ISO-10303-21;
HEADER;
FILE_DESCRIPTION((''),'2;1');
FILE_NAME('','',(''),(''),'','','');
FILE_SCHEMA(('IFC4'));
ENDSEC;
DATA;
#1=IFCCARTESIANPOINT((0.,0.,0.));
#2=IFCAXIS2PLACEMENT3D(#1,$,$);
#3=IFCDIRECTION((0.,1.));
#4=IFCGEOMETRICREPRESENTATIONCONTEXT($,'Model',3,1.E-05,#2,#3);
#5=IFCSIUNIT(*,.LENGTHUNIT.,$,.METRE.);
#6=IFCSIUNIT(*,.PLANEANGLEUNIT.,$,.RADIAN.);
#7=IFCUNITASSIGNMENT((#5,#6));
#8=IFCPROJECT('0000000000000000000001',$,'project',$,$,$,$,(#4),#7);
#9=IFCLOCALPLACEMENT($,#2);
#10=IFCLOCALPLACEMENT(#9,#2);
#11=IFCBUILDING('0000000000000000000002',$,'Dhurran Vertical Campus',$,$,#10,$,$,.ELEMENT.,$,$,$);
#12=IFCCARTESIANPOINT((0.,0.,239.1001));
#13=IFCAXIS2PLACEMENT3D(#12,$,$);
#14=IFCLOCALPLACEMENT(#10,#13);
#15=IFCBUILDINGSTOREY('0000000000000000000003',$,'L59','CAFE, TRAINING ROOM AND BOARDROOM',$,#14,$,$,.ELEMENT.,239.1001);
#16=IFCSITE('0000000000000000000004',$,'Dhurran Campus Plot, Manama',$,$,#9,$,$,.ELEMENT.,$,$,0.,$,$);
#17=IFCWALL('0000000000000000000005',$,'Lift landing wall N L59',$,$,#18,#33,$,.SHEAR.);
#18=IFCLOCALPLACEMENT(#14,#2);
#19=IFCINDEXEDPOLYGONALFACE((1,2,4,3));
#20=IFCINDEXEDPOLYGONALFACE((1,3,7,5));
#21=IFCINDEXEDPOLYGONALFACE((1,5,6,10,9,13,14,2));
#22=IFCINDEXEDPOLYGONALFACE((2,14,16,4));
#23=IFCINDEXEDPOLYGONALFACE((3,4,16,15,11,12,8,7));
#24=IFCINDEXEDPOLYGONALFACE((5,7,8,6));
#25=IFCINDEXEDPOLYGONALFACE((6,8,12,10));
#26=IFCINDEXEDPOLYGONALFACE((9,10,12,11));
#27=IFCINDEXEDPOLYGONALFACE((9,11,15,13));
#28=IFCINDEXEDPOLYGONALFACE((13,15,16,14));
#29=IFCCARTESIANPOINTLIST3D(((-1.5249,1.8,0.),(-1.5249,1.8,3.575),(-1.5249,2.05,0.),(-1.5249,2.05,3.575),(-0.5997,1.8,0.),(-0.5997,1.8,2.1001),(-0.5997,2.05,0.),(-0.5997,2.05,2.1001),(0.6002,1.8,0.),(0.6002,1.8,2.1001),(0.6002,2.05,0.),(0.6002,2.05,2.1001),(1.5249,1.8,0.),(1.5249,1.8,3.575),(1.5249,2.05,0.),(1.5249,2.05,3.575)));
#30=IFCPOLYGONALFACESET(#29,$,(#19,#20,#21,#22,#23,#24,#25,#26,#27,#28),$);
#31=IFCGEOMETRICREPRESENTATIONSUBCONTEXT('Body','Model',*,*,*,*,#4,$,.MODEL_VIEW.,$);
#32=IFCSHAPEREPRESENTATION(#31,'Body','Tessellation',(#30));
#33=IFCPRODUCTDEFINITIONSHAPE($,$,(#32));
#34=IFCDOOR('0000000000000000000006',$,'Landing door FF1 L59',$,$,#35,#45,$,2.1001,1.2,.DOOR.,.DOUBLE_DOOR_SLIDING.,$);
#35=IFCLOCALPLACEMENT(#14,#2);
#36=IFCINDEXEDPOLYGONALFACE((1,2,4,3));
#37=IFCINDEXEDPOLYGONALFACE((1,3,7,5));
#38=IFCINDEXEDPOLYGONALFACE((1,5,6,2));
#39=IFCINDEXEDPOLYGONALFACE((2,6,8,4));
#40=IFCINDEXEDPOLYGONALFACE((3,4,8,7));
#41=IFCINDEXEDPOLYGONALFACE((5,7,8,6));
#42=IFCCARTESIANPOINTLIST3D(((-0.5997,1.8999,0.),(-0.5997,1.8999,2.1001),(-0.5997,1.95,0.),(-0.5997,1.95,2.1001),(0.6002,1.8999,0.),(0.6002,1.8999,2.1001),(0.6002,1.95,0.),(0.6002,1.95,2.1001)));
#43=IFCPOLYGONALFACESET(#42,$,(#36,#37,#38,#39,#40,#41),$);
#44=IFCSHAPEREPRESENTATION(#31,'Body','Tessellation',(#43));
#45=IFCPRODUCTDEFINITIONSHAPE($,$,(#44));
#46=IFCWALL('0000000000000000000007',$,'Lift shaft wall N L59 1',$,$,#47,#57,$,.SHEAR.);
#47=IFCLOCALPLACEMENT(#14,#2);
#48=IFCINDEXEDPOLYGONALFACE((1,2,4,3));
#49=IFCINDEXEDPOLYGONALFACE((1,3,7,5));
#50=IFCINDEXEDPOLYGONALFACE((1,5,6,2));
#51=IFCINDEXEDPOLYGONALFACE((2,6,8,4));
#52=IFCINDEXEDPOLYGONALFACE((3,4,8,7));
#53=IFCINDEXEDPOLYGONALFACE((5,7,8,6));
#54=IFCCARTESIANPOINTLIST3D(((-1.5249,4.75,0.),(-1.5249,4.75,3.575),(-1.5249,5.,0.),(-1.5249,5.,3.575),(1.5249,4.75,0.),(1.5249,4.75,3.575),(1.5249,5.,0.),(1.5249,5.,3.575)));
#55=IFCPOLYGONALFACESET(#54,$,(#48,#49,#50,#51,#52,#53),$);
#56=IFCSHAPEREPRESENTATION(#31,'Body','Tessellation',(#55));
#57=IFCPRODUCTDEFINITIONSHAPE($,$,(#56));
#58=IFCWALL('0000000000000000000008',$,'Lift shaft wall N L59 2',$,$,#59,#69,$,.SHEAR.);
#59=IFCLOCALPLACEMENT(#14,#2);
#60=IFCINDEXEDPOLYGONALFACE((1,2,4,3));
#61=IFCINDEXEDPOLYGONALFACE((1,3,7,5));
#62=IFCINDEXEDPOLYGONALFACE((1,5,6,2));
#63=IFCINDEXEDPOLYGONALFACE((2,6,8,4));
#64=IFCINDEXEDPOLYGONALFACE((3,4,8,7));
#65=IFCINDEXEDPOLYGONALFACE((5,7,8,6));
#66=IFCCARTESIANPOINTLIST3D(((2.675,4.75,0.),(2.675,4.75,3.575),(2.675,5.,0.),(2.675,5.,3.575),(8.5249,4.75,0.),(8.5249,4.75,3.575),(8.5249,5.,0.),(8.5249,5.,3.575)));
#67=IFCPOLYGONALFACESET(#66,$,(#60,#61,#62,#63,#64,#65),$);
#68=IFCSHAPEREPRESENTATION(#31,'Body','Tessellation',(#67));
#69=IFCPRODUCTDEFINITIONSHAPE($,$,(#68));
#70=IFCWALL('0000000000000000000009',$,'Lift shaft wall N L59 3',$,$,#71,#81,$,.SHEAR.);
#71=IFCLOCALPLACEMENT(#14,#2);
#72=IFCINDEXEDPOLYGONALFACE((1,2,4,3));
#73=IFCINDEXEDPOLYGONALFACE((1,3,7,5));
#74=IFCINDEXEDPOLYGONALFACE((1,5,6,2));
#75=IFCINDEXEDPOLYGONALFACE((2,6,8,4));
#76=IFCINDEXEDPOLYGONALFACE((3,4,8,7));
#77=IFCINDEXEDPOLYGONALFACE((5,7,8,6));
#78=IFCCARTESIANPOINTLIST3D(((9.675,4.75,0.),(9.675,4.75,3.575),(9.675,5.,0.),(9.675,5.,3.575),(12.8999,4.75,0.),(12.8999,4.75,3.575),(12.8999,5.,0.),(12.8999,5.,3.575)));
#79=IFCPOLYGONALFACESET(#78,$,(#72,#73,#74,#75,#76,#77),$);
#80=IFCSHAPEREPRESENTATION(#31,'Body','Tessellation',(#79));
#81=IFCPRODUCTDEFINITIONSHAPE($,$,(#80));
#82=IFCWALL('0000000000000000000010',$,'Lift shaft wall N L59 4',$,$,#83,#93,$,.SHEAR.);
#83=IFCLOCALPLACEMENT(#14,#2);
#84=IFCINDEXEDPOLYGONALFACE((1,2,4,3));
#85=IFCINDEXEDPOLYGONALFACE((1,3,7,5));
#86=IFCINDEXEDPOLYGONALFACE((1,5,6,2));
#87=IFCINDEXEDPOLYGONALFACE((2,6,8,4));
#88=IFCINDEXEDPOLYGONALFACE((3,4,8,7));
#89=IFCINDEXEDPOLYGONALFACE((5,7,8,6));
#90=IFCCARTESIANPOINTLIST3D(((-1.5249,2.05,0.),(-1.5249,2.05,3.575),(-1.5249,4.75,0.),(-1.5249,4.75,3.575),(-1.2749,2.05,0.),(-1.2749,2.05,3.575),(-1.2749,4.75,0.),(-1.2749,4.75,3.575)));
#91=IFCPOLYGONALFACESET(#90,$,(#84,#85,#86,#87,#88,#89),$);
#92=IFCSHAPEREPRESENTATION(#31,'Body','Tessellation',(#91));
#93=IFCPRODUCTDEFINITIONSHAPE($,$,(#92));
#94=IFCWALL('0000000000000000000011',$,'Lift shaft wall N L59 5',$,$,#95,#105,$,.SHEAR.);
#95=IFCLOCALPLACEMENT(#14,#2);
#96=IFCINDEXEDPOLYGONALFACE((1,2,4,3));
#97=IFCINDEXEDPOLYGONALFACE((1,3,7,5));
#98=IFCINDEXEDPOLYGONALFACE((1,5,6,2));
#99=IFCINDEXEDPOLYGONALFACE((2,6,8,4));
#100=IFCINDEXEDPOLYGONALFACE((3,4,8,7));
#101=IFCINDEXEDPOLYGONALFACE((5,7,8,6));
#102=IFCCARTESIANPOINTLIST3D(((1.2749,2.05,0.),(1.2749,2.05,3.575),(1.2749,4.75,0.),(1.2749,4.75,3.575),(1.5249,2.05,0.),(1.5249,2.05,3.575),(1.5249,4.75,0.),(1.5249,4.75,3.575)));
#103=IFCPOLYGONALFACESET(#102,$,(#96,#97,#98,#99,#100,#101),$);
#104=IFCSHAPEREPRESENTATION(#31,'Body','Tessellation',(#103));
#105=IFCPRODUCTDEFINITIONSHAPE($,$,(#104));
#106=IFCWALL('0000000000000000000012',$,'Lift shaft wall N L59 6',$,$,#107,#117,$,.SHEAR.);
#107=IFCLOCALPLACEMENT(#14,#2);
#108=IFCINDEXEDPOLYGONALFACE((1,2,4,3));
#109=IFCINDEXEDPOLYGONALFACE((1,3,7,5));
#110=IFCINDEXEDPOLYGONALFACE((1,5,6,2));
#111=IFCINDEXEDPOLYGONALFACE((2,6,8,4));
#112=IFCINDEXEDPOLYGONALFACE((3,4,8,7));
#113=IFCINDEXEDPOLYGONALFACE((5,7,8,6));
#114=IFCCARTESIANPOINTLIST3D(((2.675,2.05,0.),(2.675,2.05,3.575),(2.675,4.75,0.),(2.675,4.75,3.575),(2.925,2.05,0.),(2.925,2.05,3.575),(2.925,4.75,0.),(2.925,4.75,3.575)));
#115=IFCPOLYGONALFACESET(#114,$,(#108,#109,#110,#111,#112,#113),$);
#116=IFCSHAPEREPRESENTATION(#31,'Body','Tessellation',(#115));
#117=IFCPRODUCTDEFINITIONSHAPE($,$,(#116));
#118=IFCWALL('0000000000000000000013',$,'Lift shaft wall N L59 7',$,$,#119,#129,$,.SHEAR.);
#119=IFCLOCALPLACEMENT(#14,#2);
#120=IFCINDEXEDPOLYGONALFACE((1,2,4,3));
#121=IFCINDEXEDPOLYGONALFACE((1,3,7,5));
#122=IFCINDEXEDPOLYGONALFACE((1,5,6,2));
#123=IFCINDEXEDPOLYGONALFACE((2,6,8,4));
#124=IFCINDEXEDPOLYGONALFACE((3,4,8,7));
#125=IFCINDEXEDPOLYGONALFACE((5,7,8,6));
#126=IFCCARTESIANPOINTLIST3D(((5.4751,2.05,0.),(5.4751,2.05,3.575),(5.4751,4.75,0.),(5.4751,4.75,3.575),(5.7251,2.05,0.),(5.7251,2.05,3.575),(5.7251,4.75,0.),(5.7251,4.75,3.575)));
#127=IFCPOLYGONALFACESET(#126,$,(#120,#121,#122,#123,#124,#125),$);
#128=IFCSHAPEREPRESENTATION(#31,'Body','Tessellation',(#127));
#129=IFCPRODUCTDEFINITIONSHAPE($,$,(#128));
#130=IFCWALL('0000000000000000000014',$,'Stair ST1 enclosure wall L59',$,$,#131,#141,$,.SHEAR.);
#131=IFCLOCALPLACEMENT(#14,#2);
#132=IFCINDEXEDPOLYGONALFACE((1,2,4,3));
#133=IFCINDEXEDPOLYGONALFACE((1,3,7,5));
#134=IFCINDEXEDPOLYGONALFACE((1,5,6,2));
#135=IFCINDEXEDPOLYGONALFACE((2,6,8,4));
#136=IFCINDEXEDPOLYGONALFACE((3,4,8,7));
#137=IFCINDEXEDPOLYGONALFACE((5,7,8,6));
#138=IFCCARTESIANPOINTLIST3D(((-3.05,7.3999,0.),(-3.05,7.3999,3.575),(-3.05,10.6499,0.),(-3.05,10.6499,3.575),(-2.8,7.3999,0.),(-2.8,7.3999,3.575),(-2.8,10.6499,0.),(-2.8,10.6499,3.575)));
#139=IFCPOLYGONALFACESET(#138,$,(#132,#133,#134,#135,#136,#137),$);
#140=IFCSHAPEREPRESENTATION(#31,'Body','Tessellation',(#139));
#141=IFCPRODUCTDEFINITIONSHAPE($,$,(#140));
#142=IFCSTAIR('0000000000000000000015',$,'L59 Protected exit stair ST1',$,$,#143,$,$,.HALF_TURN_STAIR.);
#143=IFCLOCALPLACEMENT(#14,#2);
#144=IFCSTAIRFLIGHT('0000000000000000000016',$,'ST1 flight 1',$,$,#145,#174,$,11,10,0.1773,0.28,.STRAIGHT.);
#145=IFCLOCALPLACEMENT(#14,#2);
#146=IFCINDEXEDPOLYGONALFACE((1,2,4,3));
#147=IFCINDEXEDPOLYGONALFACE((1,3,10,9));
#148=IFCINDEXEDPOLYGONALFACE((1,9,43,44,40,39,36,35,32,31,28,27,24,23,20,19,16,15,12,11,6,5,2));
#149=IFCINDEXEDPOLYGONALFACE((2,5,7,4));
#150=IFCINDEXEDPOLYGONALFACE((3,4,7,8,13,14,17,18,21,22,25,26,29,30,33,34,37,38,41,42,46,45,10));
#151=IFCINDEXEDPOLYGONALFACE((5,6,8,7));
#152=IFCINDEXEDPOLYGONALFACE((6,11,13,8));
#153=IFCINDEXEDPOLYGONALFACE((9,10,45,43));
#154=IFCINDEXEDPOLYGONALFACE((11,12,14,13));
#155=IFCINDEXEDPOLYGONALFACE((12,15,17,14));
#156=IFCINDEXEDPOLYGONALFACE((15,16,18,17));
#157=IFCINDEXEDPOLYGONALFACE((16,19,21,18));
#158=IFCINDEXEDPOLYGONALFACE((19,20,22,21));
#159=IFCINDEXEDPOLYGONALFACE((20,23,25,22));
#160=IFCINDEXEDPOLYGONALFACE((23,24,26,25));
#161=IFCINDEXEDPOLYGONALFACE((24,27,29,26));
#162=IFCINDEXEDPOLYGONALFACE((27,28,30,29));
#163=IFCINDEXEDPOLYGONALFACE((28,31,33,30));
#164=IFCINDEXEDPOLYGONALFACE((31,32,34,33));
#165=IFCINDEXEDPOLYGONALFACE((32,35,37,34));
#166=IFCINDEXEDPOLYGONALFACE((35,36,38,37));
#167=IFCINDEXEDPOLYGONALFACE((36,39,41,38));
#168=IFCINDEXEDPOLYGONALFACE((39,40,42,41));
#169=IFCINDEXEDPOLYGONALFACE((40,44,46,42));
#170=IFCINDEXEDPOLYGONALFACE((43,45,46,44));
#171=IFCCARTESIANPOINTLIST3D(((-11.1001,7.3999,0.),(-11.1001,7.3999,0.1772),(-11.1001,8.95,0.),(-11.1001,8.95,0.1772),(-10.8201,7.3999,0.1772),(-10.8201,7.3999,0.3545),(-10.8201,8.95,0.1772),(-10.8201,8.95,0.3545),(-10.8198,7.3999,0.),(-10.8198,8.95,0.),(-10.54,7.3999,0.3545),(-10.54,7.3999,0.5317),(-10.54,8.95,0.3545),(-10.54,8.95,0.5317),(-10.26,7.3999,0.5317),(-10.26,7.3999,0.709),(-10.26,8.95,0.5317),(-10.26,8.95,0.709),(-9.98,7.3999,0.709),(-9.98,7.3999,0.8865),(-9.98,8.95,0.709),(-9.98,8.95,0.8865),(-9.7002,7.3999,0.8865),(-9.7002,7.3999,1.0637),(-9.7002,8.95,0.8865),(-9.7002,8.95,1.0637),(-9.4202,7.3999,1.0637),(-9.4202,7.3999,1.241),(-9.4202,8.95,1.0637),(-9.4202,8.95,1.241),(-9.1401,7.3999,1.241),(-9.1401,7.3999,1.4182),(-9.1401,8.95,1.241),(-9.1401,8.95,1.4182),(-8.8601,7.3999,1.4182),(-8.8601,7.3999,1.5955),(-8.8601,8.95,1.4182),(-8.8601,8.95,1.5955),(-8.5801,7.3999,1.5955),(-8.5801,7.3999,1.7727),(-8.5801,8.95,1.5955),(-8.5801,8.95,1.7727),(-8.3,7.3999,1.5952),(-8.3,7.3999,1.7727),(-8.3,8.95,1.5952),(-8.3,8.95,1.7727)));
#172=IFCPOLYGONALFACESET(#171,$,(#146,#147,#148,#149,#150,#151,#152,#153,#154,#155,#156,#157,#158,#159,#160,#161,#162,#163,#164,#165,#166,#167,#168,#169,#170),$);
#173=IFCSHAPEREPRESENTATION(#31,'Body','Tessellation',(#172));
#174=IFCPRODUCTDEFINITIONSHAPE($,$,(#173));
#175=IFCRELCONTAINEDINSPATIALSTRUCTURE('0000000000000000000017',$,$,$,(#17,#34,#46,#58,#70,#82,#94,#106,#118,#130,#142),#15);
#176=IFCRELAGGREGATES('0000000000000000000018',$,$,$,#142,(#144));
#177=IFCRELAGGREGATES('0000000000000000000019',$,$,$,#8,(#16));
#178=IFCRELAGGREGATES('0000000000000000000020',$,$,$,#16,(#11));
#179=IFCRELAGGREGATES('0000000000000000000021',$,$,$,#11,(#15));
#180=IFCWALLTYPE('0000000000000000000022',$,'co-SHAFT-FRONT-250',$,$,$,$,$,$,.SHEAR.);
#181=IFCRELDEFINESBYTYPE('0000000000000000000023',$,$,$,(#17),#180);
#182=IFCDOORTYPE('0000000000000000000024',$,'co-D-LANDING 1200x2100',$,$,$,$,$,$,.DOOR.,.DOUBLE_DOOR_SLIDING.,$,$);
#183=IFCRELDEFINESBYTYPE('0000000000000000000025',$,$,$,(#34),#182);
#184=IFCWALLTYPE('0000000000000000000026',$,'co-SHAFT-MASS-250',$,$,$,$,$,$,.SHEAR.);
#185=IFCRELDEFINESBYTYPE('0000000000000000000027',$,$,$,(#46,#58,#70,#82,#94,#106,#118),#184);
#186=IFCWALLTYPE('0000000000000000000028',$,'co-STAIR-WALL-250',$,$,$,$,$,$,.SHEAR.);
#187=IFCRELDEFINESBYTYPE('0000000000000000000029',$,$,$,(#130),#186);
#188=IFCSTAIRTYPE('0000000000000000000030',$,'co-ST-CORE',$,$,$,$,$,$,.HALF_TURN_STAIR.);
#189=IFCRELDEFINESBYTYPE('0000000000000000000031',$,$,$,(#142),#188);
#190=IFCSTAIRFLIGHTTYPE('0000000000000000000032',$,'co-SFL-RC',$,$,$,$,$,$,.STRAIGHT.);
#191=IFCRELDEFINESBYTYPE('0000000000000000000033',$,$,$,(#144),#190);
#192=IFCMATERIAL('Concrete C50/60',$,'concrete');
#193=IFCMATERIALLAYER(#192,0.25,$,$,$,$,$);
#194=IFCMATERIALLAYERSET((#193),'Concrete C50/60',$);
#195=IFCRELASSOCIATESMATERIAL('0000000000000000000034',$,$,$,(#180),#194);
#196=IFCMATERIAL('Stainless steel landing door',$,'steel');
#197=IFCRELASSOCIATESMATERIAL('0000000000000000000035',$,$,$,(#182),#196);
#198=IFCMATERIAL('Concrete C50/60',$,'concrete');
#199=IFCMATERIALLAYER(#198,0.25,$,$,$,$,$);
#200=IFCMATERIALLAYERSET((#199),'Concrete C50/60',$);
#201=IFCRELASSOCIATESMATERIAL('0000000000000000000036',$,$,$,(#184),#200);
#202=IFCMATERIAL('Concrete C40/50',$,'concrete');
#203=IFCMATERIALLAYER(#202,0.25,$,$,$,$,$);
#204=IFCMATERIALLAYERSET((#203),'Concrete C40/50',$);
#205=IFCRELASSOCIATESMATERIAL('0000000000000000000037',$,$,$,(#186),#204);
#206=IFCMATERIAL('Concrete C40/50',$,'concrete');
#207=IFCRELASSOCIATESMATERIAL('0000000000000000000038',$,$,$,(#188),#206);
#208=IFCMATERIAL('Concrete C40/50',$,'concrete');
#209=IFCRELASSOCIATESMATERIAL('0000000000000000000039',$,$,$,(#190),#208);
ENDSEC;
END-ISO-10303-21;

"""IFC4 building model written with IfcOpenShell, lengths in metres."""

from ifc_helpers import new_model, si_unit, direction, frame, frame_2d, origin, place, context, subcontext, project, spatial, polyline, rectangle, outline, extrude, material, layer, layer_set, type_object, element, fill, aggregate, save


model = new_model("IFC4")

# Units and contexts
model_context = context("Model", 3, precision=1e-05, world=origin(), true_north=direction((0.0, 1.0)))
body_context = subcontext(model_context, "Body", "Model", "MODEL_VIEW")
ifc_project = project(units=[si_unit("LENGTHUNIT", "METRE"), si_unit("PLANEANGLEUNIT", "RADIAN")], contexts=[model_context])

# Site, building, storey
site_placement = place(None, origin())
site = spatial("IfcSite", under=ifc_project, at=site_placement, Name="Dhurran Campus Plot, Manama", CompositionType="ELEMENT", RefElevation=0.0)
building_placement = place(site_placement, origin())
building = spatial("IfcBuilding", under=site, at=building_placement, Name="Dhurran Vertical Campus", CompositionType="ELEMENT")
storey_placement = place(building_placement, frame((0.0, 0.0, 239.1001)))
storey = spatial("IfcBuildingStorey", under=building, at=storey_placement, Name="L59", Description="CAFE, TRAINING ROOM AND BOARDROOM", CompositionType="ELEMENT", Elevation=239.1001)

# Wall, opening, door
ifc_material_1 = material(Name="Concrete C50/60", Category="concrete")
ifc_layer_1 = layer(ifc_material_1, 0.25)
ifc_layer_set_1 = layer_set([ifc_layer_1], Name="Concrete C50/60")
wall_type_1 = type_object("IfcWallType", Name="co-SHAFT-FRONT-250", PredefinedType="SHEAR", material=ifc_layer_set_1)
wall_1_placement = place(storey_placement, frame((-1.5249, 1.925, 0.0), z_axis=(0.0, 0.0, 1.0), x_axis=(1.0, 0.0, 0.0)))
wall_1 = element("IfcWall", 1, at=wall_1_placement, inside=storey, type_object=wall_type_1, Name="Lift landing wall N L59", PredefinedType="SHEAR", context=body_context, shape_type="SweptSolid", body=[
    extrude(rectangle(XDim=3.0498, YDim=0.25, at=frame_2d((1.5249, 0.0))), origin(), (0.0, 0.0, 1.0), 3.575),
])
opening_1_placement = place(wall_1_placement, frame((0.925, 0.0, 0.0)))
opening_1 = element("IfcOpeningElement", 2, at=opening_1_placement, cuts=wall_1, PredefinedType="OPENING", context=body_context, shape_type="SweptSolid", body=[
    extrude(rectangle(XDim=1.2, YDim=2.1001, at=frame_2d((0.6001, 1.05))), frame((0.0, 0.135, 0.0), z_axis=(0.0, -1.0, 0.0), x_axis=(1.0, 0.0, 0.0)), (0.0, 0.0, 1.0), 0.27),
])
ifc_material_2 = material(Name="Stainless steel landing door", Category="steel")
door_type_1 = type_object("IfcDoorType", Name="co-D-LANDING 1200x2100", OperationType="DOUBLE_DOOR_SLIDING", PredefinedType="DOOR", material=ifc_material_2)
door_1_placement = place(opening_1_placement, origin())
door_1 = element("IfcDoor", 3, at=door_1_placement, inside=storey, type_object=door_type_1, Name="Landing door FF1 L59", OperationType="DOUBLE_DOOR_SLIDING", OverallHeight=2.1001, OverallWidth=1.2, PredefinedType="DOOR", context=body_context, shape_type="SweptSolid", body=[
    extrude(rectangle(XDim=1.2, YDim=2.1001, at=frame_2d((0.6001, 1.05))), frame((0.0, 0.0249, 0.0), z_axis=(0.0, -1.0, 0.0), x_axis=(1.0, 0.0, 0.0)), (0.0, 0.0, 1.0), 0.05),
])
fill(opening_1, door_1)

# Walls
ifc_material_3 = material(Name="Concrete C50/60", Category="concrete")
ifc_layer_2 = layer(ifc_material_3, 0.25)
ifc_layer_set_2 = layer_set([ifc_layer_2], Name="Concrete C50/60")
wall_type_2 = type_object("IfcWallType", Name="co-SHAFT-MASS-250", PredefinedType="SHEAR", material=ifc_layer_set_2)
wall_2_placement = place(storey_placement, origin())
element("IfcWall", 4, at=wall_2_placement, inside=storey, type_object=wall_type_2, Name="Lift shaft wall N L59 1", PredefinedType="SHEAR", context=body_context, shape_type="SweptSolid", body=[
    extrude(outline(polyline([(-1.5249, 4.75), (1.5249, 4.75), (1.5249, 5.0), (-1.5249, 5.0), (-1.5249, 4.75)])), origin(), (0.0, 0.0, 1.0), 3.575),
])
wall_3_placement = place(storey_placement, origin())
element("IfcWall", 5, at=wall_3_placement, inside=storey, type_object=wall_type_2, Name="Lift shaft wall N L59 2", PredefinedType="SHEAR", context=body_context, shape_type="SweptSolid", body=[
    extrude(outline(polyline([(2.675, 4.75), (8.5249, 4.75), (8.5249, 5.0), (2.675, 5.0), (2.675, 4.75)])), origin(), (0.0, 0.0, 1.0), 3.575),
])
wall_4_placement = place(storey_placement, origin())
element("IfcWall", 6, at=wall_4_placement, inside=storey, type_object=wall_type_2, Name="Lift shaft wall N L59 3", PredefinedType="SHEAR", context=body_context, shape_type="SweptSolid", body=[
    extrude(outline(polyline([(9.675, 4.75), (12.8999, 4.75), (12.8999, 5.0), (9.675, 5.0), (9.675, 4.75)])), origin(), (0.0, 0.0, 1.0), 3.575),
])
wall_5_placement = place(storey_placement, origin())
element("IfcWall", 7, at=wall_5_placement, inside=storey, type_object=wall_type_2, Name="Lift shaft wall N L59 4", PredefinedType="SHEAR", context=body_context, shape_type="SweptSolid", body=[
    extrude(outline(polyline([(-1.5249, 2.05), (-1.2749, 2.05), (-1.2749, 4.75), (-1.5249, 4.75), (-1.5249, 2.05)])), origin(), (0.0, 0.0, 1.0), 3.575),
])
wall_6_placement = place(storey_placement, origin())
element("IfcWall", 8, at=wall_6_placement, inside=storey, type_object=wall_type_2, Name="Lift shaft wall N L59 5", PredefinedType="SHEAR", context=body_context, shape_type="SweptSolid", body=[
    extrude(outline(polyline([(1.2749, 2.05), (1.5249, 2.05), (1.5249, 4.75), (1.2749, 4.75), (1.2749, 2.05)])), origin(), (0.0, 0.0, 1.0), 3.575),
])
wall_7_placement = place(storey_placement, origin())
element("IfcWall", 9, at=wall_7_placement, inside=storey, type_object=wall_type_2, Name="Lift shaft wall N L59 6", PredefinedType="SHEAR", context=body_context, shape_type="SweptSolid", body=[
    extrude(outline(polyline([(2.675, 2.05), (2.925, 2.05), (2.925, 4.75), (2.675, 4.75), (2.675, 2.05)])), origin(), (0.0, 0.0, 1.0), 3.575),
])
wall_8_placement = place(storey_placement, origin())
element("IfcWall", 10, at=wall_8_placement, inside=storey, type_object=wall_type_2, Name="Lift shaft wall N L59 7", PredefinedType="SHEAR", context=body_context, shape_type="SweptSolid", body=[
    extrude(outline(polyline([(5.4751, 2.05), (5.7251, 2.05), (5.7251, 4.75), (5.4751, 4.75), (5.4751, 2.05)])), origin(), (0.0, 0.0, 1.0), 3.575),
])
ifc_material_4 = material(Name="Concrete C40/50", Category="concrete")
ifc_layer_3 = layer(ifc_material_4, 0.25)
ifc_layer_set_3 = layer_set([ifc_layer_3], Name="Concrete C40/50")
wall_type_3 = type_object("IfcWallType", Name="co-STAIR-WALL-250", PredefinedType="SHEAR", material=ifc_layer_set_3)
wall_9_placement = place(storey_placement, frame((-2.925, 7.3999, 0.0), z_axis=(0.0, 0.0, 1.0), x_axis=(0.0, 1.0, 0.0)))
element("IfcWall", 11, at=wall_9_placement, inside=storey, type_object=wall_type_3, Name="Stair ST1 enclosure wall L59", PredefinedType="SHEAR", context=body_context, shape_type="SweptSolid", body=[
    extrude(rectangle(XDim=3.25, YDim=0.25, at=frame_2d((1.625, 0.0))), origin(), (0.0, 0.0, 1.0), 3.575),
])

# Stair, stair flight
ifc_material_5 = material(Name="Concrete C40/50", Category="concrete")
stair_type = type_object("IfcStairType", Name="co-ST-CORE", PredefinedType="HALF_TURN_STAIR", material=ifc_material_5)
stair_placement = place(storey_placement, origin())
stair = element("IfcStair", 12, at=stair_placement, inside=storey, type_object=stair_type, Name="L59 Protected exit stair ST1", PredefinedType="HALF_TURN_STAIR")
ifc_material_6 = material(Name="Concrete C40/50", Category="concrete")
stair_flight_type = type_object("IfcStairFlightType", Name="co-SFL-RC", PredefinedType="STRAIGHT", material=ifc_material_6)
stair_flight_1_placement = place(storey_placement, frame((-11.1001, 8.175, 0.0), z_axis=(0.0, 0.0, 1.0), x_axis=(1.0, 0.0, 0.0)))
stair_flight_1 = element("IfcStairFlight", 13, at=stair_flight_1_placement, type_object=stair_flight_type, Name="ST1 flight 1", NumberOfRisers=11, NumberOfTreads=10, PredefinedType="STRAIGHT", RiserHeight=0.1773, TreadLength=0.28, context=body_context, shape_type="SweptSolid", body=[
    extrude(outline(polyline([(0.0, 0.0), (0.0, 0.1772), (0.28, 0.1772), (0.28, 0.3545), (0.5601, 0.3545), (0.5601, 0.5317), (0.8401, 0.5317), (0.8401, 0.709), (1.1201, 0.709), (1.1201, 0.8865), (1.3999, 0.8865), (1.3999, 1.0637), (1.6799, 1.0637), (1.6799, 1.241), (1.96, 1.241), (1.96, 1.4182), (2.24, 1.4182), (2.24, 1.5955), (2.52, 1.5955), (2.52, 1.7727), (2.8, 1.7727), (2.8, 1.95), (2.8, 1.5952), (0.2803, 0.0), (0.0, 0.0)])), frame((0.0, 0.7749, 0.0), z_axis=(0.0, -1.0, 0.0), x_axis=(1.0, 0.0, 0.0)), (0.0, 0.0, 1.0), 1.55),
])
aggregate(stair, [stair_flight_1])

save(model, "model.ifc")
